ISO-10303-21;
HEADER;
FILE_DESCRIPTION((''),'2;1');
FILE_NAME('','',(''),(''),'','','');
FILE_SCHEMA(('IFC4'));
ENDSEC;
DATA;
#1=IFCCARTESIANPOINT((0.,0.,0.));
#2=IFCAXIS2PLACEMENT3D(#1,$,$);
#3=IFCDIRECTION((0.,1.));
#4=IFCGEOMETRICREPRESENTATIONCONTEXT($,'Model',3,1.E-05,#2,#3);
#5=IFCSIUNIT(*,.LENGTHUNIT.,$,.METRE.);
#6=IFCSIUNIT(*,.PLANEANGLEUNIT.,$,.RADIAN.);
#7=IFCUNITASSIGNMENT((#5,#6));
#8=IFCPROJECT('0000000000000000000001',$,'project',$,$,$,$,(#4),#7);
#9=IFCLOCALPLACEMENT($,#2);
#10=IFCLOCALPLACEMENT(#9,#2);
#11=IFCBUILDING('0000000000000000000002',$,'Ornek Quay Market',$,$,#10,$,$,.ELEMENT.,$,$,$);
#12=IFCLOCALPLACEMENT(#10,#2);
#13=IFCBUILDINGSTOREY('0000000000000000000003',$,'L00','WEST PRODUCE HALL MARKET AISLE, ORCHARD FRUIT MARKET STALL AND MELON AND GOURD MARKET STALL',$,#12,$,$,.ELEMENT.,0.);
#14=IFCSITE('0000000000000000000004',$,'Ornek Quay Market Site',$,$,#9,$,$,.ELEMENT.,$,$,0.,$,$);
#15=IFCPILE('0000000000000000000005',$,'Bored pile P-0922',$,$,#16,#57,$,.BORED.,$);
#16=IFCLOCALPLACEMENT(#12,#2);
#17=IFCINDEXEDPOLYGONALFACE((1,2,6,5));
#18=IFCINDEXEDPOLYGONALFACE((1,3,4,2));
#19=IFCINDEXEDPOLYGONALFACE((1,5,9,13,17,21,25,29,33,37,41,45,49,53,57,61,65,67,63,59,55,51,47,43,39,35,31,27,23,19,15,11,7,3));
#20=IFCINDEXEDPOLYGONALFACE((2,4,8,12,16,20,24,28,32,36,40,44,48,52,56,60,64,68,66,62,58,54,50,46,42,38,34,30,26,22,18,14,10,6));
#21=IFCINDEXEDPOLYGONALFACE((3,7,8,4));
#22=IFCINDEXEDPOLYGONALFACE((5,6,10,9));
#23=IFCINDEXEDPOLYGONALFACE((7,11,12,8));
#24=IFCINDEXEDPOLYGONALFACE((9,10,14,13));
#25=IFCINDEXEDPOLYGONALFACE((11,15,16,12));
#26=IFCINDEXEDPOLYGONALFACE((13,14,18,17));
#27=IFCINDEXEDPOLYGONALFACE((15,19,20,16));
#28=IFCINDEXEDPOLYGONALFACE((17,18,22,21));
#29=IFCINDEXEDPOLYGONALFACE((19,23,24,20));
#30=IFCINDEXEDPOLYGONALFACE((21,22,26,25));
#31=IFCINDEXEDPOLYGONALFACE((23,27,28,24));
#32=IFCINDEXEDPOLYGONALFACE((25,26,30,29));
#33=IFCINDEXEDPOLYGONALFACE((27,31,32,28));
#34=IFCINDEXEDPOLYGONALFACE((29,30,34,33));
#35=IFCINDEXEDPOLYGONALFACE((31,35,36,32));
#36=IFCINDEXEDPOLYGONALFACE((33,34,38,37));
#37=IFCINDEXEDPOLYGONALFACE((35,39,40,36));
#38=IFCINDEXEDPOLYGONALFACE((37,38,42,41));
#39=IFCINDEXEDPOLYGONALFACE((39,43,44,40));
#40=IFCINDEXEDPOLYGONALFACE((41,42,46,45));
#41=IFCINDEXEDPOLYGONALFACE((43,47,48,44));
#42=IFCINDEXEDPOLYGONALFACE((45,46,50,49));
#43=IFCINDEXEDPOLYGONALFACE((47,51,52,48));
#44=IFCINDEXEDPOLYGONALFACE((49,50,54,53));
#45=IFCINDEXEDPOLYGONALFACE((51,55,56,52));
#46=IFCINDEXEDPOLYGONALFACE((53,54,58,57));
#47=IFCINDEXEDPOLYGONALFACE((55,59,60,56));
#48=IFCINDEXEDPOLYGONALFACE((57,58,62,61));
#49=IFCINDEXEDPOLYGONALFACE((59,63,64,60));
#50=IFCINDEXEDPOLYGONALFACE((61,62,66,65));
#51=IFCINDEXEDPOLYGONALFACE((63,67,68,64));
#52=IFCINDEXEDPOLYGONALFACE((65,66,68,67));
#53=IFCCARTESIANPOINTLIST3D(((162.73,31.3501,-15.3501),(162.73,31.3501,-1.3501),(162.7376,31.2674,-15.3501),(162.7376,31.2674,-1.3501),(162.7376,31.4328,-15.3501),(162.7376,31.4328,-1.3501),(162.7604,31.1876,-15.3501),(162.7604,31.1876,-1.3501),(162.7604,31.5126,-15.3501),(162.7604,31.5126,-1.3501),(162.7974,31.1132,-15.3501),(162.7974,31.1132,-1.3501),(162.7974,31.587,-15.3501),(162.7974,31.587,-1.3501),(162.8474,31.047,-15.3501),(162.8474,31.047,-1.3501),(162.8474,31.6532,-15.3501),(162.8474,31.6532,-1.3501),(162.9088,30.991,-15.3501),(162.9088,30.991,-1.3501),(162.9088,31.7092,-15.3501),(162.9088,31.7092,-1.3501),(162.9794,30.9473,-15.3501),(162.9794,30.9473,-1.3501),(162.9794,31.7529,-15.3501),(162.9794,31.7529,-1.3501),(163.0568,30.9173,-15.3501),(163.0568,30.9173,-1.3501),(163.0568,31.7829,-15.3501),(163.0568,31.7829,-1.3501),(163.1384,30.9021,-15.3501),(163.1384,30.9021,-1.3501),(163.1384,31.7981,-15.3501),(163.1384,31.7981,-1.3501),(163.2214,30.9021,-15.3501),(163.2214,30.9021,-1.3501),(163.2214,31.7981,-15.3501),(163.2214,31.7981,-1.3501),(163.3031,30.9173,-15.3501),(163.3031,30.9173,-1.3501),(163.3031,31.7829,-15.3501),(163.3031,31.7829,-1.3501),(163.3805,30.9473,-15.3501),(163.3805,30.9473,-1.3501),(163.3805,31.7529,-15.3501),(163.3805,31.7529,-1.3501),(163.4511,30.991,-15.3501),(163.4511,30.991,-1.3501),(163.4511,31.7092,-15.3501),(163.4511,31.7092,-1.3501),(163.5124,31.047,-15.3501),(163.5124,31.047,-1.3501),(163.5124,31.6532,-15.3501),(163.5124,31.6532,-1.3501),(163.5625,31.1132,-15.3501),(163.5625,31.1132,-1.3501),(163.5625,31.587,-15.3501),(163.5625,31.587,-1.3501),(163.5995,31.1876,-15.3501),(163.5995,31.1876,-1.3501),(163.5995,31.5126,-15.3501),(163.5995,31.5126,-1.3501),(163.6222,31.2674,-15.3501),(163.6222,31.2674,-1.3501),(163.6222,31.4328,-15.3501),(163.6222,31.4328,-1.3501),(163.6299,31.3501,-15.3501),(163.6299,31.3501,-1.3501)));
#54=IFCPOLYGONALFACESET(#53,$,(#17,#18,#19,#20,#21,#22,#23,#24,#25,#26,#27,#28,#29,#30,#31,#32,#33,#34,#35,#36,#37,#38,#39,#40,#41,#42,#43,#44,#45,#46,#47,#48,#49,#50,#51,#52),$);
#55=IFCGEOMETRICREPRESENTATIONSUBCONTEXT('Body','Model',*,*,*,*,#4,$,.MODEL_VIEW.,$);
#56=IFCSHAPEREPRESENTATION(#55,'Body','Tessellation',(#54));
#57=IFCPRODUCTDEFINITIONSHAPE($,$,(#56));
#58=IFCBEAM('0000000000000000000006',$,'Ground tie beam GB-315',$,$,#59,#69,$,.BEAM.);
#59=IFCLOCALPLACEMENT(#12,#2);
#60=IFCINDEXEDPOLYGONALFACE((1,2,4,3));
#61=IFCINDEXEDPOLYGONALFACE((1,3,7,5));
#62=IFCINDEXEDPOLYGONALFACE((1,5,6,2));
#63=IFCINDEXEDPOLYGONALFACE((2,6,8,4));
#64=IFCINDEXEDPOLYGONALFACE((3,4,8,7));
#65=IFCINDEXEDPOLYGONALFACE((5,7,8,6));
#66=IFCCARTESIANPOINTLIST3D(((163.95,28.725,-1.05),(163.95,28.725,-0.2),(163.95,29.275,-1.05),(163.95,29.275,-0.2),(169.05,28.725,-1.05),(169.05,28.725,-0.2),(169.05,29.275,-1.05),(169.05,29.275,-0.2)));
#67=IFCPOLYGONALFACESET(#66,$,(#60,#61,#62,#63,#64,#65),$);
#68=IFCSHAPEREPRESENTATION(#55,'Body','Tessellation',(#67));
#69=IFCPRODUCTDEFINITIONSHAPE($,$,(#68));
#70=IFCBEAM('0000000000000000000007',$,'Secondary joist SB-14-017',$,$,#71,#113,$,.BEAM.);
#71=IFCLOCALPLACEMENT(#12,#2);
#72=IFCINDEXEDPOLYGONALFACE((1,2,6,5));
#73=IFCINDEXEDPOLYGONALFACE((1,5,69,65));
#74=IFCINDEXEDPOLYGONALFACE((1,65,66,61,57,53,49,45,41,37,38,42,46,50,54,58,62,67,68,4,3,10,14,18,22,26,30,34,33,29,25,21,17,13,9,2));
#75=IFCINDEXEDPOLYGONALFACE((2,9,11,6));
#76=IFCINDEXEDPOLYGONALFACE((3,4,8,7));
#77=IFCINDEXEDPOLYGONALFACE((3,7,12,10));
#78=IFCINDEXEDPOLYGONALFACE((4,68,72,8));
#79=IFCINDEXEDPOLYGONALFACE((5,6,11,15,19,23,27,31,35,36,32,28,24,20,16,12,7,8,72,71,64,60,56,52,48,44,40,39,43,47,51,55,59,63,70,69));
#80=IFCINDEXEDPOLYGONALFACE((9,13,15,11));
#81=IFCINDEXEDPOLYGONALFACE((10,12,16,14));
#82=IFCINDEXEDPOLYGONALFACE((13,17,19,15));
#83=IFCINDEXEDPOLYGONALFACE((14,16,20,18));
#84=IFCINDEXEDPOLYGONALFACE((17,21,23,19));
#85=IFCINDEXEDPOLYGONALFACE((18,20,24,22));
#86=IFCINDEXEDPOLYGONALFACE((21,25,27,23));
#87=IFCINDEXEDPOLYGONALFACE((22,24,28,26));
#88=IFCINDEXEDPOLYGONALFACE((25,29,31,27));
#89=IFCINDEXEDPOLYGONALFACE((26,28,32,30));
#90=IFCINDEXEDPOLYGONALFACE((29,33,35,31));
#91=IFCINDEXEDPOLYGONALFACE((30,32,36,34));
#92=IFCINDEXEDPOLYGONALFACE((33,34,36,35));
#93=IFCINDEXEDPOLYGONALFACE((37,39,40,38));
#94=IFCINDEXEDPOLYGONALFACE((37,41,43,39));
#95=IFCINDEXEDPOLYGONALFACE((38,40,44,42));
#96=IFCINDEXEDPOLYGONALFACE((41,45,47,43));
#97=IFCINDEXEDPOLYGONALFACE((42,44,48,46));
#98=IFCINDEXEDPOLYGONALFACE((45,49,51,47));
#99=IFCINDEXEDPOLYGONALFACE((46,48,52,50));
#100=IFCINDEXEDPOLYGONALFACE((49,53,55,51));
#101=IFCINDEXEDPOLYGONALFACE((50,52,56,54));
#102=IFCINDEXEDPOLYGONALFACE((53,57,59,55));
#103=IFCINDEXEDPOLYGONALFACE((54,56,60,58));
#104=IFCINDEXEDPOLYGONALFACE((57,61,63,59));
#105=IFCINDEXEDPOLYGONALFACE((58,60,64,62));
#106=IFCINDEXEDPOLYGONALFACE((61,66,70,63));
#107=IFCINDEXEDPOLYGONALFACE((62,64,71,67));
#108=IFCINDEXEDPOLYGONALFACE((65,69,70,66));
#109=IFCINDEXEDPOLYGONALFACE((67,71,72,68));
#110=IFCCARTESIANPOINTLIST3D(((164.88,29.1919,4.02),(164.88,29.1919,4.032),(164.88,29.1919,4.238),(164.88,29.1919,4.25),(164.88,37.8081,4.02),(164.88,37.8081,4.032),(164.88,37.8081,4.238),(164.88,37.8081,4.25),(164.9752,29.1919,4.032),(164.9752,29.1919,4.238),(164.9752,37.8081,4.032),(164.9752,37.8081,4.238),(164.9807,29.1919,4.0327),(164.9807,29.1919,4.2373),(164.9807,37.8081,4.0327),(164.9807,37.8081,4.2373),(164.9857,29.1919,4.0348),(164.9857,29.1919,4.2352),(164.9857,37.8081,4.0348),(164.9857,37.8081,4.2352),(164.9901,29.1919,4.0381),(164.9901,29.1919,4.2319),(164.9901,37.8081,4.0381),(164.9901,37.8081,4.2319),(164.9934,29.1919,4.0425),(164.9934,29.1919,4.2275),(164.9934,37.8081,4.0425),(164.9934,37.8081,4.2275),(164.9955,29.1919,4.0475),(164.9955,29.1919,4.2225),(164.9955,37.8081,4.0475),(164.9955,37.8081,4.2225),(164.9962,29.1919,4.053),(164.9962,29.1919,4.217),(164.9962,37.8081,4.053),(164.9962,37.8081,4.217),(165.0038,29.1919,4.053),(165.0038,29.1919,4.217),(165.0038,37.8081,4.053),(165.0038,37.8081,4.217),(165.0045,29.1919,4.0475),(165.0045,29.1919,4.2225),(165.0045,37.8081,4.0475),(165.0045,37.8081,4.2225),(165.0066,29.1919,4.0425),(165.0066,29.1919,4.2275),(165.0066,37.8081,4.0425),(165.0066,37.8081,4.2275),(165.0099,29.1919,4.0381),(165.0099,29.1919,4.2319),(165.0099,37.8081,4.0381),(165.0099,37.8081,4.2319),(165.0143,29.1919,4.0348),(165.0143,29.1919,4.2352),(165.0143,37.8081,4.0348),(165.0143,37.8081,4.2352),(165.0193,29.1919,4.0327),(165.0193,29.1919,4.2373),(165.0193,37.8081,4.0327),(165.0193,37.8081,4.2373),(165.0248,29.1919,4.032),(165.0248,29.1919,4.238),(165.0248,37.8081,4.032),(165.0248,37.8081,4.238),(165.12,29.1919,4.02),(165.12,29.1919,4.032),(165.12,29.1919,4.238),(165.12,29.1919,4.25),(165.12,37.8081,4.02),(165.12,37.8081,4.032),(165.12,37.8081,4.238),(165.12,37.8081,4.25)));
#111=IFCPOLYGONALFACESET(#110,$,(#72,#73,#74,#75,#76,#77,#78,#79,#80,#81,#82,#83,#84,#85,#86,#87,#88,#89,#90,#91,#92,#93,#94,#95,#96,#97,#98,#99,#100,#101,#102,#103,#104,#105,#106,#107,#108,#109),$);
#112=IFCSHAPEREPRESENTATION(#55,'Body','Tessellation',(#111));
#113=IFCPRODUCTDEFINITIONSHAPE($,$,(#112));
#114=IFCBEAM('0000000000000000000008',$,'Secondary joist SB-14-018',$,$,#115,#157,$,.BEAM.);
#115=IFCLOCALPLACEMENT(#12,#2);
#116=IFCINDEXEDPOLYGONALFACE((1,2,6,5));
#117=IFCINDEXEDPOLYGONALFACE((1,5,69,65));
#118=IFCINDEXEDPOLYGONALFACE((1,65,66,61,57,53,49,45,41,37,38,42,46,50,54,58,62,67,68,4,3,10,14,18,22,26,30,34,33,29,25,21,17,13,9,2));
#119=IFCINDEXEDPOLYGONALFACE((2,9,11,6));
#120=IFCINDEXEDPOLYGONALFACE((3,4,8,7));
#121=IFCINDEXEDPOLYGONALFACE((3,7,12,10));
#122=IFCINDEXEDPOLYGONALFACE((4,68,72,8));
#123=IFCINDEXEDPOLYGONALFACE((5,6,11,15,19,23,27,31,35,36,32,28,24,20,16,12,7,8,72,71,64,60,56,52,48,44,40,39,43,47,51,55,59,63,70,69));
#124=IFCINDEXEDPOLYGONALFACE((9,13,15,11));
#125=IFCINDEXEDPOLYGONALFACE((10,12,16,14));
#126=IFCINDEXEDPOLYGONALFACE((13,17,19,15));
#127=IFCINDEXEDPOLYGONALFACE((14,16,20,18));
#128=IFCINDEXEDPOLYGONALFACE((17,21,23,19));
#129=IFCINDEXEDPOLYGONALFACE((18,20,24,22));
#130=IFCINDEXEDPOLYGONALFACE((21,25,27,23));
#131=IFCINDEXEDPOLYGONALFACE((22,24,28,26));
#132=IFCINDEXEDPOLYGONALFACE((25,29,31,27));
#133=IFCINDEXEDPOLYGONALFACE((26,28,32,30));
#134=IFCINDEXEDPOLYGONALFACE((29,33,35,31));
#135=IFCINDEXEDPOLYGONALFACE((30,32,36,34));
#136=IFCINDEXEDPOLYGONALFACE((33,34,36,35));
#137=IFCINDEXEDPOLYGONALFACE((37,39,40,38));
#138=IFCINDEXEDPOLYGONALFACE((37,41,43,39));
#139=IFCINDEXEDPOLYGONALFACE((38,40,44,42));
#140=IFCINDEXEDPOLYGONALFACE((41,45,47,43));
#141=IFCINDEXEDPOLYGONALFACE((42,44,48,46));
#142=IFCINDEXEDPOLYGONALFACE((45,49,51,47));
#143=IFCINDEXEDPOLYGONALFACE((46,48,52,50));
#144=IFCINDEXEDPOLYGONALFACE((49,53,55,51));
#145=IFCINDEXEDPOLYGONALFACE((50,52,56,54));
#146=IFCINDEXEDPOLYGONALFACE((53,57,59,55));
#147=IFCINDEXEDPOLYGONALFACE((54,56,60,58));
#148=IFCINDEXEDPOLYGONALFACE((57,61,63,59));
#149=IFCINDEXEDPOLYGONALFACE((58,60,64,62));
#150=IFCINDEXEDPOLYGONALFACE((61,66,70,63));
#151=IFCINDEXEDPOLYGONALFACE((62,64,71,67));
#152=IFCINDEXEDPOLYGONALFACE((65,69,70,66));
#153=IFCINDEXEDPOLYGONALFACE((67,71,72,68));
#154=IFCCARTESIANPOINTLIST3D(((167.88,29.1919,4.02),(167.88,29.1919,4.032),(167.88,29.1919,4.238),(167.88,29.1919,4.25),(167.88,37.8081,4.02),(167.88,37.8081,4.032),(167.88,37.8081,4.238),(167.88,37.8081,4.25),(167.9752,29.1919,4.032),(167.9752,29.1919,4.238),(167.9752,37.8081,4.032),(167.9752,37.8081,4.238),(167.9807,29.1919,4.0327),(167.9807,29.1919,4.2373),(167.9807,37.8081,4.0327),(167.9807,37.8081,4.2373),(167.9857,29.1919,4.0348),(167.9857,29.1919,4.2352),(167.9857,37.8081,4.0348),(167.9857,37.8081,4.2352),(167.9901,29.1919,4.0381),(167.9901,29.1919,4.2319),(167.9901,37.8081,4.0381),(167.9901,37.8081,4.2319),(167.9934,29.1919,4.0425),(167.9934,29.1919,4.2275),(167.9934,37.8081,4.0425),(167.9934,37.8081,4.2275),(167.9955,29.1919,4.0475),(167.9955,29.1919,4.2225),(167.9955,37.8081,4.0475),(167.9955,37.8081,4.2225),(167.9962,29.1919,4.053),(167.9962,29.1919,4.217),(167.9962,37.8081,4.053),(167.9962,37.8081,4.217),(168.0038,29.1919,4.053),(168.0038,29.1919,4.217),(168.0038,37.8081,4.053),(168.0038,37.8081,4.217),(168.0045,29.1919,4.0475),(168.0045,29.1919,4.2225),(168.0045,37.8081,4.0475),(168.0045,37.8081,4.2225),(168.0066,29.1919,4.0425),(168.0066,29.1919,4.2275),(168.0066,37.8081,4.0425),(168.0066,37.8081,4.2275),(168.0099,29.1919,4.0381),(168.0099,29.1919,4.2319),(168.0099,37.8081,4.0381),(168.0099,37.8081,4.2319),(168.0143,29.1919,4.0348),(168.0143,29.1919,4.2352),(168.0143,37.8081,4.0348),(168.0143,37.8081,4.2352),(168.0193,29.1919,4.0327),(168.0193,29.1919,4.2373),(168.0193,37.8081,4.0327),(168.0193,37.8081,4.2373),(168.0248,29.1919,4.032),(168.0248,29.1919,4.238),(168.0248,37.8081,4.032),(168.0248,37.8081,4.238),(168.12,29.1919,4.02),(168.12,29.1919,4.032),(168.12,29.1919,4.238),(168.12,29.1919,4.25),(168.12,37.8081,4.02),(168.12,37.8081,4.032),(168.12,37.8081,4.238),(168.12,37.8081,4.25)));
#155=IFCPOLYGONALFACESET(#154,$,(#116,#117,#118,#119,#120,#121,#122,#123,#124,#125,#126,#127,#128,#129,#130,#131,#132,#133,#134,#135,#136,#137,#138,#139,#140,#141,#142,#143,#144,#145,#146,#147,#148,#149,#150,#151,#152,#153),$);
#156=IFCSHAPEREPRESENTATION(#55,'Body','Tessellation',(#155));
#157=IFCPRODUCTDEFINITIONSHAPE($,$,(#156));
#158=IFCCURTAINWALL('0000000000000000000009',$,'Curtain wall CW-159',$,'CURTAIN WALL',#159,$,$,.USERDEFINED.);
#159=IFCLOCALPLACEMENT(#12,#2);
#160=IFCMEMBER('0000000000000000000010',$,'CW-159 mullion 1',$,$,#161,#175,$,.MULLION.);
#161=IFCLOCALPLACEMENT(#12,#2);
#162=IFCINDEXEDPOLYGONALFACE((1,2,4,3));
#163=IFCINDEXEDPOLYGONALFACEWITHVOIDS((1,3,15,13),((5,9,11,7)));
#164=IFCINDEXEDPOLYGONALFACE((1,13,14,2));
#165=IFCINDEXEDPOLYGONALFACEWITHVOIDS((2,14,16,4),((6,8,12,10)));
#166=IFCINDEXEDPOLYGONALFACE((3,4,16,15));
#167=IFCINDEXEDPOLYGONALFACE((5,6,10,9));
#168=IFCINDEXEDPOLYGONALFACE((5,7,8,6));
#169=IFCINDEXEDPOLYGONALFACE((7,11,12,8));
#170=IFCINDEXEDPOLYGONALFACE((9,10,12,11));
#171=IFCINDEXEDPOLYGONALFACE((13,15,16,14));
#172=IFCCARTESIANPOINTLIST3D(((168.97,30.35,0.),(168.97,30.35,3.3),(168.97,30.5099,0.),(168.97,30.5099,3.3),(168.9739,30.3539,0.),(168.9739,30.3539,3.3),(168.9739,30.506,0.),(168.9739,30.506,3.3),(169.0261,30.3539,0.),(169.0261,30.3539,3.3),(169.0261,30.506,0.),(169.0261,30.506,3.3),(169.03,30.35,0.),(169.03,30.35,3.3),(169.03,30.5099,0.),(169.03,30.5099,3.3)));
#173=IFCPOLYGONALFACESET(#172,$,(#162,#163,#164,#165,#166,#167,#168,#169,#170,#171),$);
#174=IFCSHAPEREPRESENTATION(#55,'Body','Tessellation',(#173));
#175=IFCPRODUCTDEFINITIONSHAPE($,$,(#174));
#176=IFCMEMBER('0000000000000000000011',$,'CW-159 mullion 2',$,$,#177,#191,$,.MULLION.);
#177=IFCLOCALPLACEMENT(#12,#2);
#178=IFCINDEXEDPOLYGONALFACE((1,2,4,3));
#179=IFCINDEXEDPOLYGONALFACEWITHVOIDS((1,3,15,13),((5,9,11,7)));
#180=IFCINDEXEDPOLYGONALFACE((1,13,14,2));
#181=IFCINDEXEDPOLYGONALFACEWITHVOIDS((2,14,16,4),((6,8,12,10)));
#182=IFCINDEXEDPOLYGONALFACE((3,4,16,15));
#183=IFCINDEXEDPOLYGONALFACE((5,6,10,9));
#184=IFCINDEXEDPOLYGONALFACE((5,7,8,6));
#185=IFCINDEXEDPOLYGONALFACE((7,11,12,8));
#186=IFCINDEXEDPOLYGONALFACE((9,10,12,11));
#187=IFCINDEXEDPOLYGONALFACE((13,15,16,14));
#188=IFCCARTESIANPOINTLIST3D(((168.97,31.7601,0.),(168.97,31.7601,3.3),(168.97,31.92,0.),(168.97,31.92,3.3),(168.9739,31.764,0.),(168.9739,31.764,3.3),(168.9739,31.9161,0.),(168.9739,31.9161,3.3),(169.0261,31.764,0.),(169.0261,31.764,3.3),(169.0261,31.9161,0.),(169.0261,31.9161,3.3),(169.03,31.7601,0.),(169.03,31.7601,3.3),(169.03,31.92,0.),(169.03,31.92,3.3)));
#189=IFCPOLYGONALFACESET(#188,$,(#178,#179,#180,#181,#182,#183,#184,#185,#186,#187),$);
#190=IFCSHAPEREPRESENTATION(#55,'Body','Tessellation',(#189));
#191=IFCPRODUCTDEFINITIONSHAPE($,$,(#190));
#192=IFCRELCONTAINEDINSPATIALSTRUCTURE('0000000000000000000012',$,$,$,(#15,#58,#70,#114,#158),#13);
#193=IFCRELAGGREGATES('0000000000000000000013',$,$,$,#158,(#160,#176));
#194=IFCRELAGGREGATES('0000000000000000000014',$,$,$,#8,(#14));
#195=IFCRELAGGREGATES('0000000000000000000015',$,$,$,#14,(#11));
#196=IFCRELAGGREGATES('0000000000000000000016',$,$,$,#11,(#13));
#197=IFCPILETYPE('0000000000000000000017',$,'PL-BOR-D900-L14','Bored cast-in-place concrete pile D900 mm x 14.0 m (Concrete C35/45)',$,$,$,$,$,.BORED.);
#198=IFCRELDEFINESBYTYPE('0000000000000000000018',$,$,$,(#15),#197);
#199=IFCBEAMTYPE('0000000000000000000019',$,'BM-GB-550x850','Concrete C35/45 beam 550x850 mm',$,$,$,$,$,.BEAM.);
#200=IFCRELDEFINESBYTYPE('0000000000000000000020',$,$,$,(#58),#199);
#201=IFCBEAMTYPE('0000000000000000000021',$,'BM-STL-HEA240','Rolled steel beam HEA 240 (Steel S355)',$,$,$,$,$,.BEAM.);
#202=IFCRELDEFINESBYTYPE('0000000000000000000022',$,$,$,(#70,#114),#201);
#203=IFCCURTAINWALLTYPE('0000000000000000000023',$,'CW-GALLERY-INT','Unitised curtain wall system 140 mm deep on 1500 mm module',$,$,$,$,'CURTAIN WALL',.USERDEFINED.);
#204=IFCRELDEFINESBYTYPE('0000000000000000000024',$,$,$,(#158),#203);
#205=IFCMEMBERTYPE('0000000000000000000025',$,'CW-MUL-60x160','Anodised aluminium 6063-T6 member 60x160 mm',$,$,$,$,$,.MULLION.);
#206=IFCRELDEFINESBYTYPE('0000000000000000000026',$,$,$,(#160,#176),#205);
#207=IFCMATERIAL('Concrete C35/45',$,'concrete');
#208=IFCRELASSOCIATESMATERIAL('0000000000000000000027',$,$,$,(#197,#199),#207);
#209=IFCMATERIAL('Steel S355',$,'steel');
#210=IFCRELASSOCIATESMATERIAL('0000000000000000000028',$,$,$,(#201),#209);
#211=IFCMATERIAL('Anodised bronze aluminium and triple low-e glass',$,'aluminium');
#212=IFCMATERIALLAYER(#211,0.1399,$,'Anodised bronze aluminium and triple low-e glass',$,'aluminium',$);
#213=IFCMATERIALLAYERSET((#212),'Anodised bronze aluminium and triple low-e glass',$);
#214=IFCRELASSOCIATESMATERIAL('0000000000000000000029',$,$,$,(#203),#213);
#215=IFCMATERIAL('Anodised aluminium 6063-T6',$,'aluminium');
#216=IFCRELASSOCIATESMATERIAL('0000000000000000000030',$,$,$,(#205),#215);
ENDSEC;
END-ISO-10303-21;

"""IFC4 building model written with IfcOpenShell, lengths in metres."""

from ifc_helpers import new_model, si_unit, direction, frame, origin, origin_2d, place, context, subcontext, project, spatial, rectangle, hollow_rectangle, circle, i_section, extrude, material, layer, layer_set, material_profile, profile_set, type_object, element, aggregate, save


model = new_model("IFC4")

# Units and contexts
model_context = context("Model", 3, precision=1e-05, world=origin(), true_north=direction((0.0, 1.0)))
body_context = subcontext(model_context, "Body", "Model", "MODEL_VIEW")
ifc_project = project(units=[si_unit("LENGTHUNIT", "METRE"), si_unit("PLANEANGLEUNIT", "RADIAN")], contexts=[model_context])

# Site, building, storey
site_placement = place(None, origin())
site = spatial("IfcSite", under=ifc_project, at=site_placement, Name="Ornek Quay Market Site", CompositionType="ELEMENT", RefElevation=0.0)
building_placement = place(site_placement, origin())
building = spatial("IfcBuilding", under=site, at=building_placement, Name="Ornek Quay Market", CompositionType="ELEMENT")
storey_placement = place(building_placement, origin())
storey = spatial("IfcBuildingStorey", under=building, at=storey_placement, Name="L00", Description="WEST PRODUCE HALL MARKET AISLE, ORCHARD FRUIT MARKET STALL AND MELON AND GOURD MARKET STALL", CompositionType="ELEMENT", Elevation=0.0)

# Pile
ifc_material_1 = material(Name="Concrete C35/45", Category="concrete")
ifc_material_profile_1 = material_profile(ifc_material_1, circle(Radius=0.45, at=origin_2d()), Name="PILE D900", Category="concrete")
ifc_profile_set_1 = profile_set([ifc_material_profile_1], Name="Concrete C35/45")
pile_type = type_object("IfcPileType", Name="PL-BOR-D900-L14", Description="Bored cast-in-place concrete pile D900 mm x 14.0 m (Concrete C35/45)", PredefinedType="BORED", material=ifc_profile_set_1)
pile_placement = place(storey_placement, frame((163.1799, 31.3501, -1.3501), z_axis=(0.0, 0.0, -1.0), x_axis=(1.0, 0.0, 0.0)))
element("IfcPile", 1, at=pile_placement, inside=storey, type_object=pile_type, Name="Bored pile P-0922", PredefinedType="BORED", context=body_context, shape_type="SweptSolid", body=[
    extrude(circle(Radius=0.45, at=origin_2d()), origin(), (0.0, 0.0, 1.0), 14.0),
])

# Beams
ifc_material_profile_2 = material_profile(ifc_material_1, rectangle(XDim=0.55, YDim=0.8501, at=origin_2d()), Name="RC 550x850", Category="concrete")
ifc_profile_set_2 = profile_set([ifc_material_profile_2], Name="Concrete C35/45")
beam_type_1 = type_object("IfcBeamType", Name="BM-GB-550x850", Description="Concrete C35/45 beam 550x850 mm", PredefinedType="BEAM", material=ifc_profile_set_2)
beam_placement = place(storey_placement, frame((163.95, 29.0, -0.625), z_axis=(1.0, 0.0, 0.0), x_axis=(0.0, 1.0, 0.0)))
element("IfcBeam", 2, at=beam_placement, inside=storey, type_object=beam_type_1, Name="Ground tie beam GB-315", PredefinedType="BEAM", context=body_context, shape_type="SweptSolid", body=[
    extrude(rectangle(XDim=0.55, YDim=0.8501, at=origin_2d()), origin(), (0.0, 0.0, 1.0), 5.1001),
])
ifc_material_2 = material(Name="Steel S355", Category="steel")
ifc_material_profile_3 = material_profile(ifc_material_2, i_section(OverallWidth=0.24, OverallDepth=0.23, WebThickness=0.0076, FlangeThickness=0.012, FilletRadius=0.021, at=origin_2d()), Name="HEA 240", Category="steel")
ifc_profile_set_3 = profile_set([ifc_material_profile_3], Name="Steel S355")
beam_type_2 = type_object("IfcBeamType", Name="BM-STL-HEA240", Description="Rolled steel beam HEA 240 (Steel S355)", PredefinedType="BEAM", material=ifc_profile_set_3)
for number, where, z_axis, x_axis, name in (
    (3, (165.0, 29.1919, 4.135), (0.0, 1.0, 0.0), (-1.0, 0.0, 0.0), "Secondary joist SB-14-017"),
    (4, (168.0, 29.1919, 4.135), (0.0, 1.0, 0.0), (-1.0, 0.0, 0.0), "Secondary joist SB-14-018"),
):
    element("IfcBeam", number, at=place(storey_placement, frame(where, z_axis=z_axis, x_axis=x_axis)), inside=storey, type_object=beam_type_2, Name=name, PredefinedType="BEAM", context=body_context, shape_type="SweptSolid", body=[
        extrude(i_section(OverallWidth=0.24, OverallDepth=0.23, WebThickness=0.0076, FlangeThickness=0.012, FilletRadius=0.021, at=origin_2d()), origin(), (0.0, 0.0, 1.0), 8.6162),
    ])

# Curtain wall, members
ifc_material_3 = material(Name="Anodised bronze aluminium and triple low-e glass", Category="aluminium")
ifc_layer_1 = layer(ifc_material_3, 0.1399, Name="Anodised bronze aluminium and triple low-e glass", Category="aluminium")
ifc_layer_set_1 = layer_set([ifc_layer_1], Name="Anodised bronze aluminium and triple low-e glass")
curtain_wall_type = type_object("IfcCurtainWallType", Name="CW-GALLERY-INT", Description="Unitised curtain wall system 140 mm deep on 1500 mm module", ElementType="CURTAIN WALL", PredefinedType="USERDEFINED", material=ifc_layer_set_1)
curtain_wall_placement = place(storey_placement, origin())
curtain_wall = element("IfcCurtainWall", 5, at=curtain_wall_placement, inside=storey, type_object=curtain_wall_type, Name="Curtain wall CW-159", ObjectType="CURTAIN WALL", PredefinedType="USERDEFINED")
ifc_material_4 = material(Name="Anodised aluminium 6063-T6", Category="aluminium")
ifc_material_profile_4 = material_profile(ifc_material_4, hollow_rectangle(XDim=0.0601, YDim=0.1599, WallThickness=0.0039, at=origin_2d()), Name="CW-MUL-60x160", Category="aluminium")
ifc_profile_set_4 = profile_set([ifc_material_profile_4], Name="Anodised aluminium 6063-T6")
member_type_1 = type_object("IfcMemberType", Name="CW-MUL-60x160", Description="Anodised aluminium 6063-T6 member 60x160 mm", PredefinedType="MULLION", material=ifc_profile_set_4)
member_1_placement = place(storey_placement, frame((169.0, 30.4299, 0.0), z_axis=(0.0, 0.0, 1.0), x_axis=(-1.0, 0.0, 0.0)))
member_1 = element("IfcMember", 6, at=member_1_placement, type_object=member_type_1, Name="CW-159 mullion 1", PredefinedType="MULLION", context=body_context, shape_type="SweptSolid", body=[
    extrude(hollow_rectangle(XDim=0.0601, YDim=0.1599, WallThickness=0.0039, at=origin_2d()), origin(), (0.0, 0.0, 1.0), 3.3),
])
member_2_placement = place(storey_placement, frame((169.0, 31.8401, 0.0), z_axis=(0.0, 0.0, 1.0), x_axis=(-1.0, 0.0, 0.0)))
member_2 = element("IfcMember", 7, at=member_2_placement, type_object=member_type_1, Name="CW-159 mullion 2", PredefinedType="MULLION", context=body_context, shape_type="SweptSolid", body=[
    extrude(hollow_rectangle(XDim=0.0601, YDim=0.1599, WallThickness=0.0039, at=origin_2d()), origin(), (0.0, 0.0, 1.0), 3.3),
])
aggregate(curtain_wall, [member_1, member_2])

save(model, "model.ifc")
